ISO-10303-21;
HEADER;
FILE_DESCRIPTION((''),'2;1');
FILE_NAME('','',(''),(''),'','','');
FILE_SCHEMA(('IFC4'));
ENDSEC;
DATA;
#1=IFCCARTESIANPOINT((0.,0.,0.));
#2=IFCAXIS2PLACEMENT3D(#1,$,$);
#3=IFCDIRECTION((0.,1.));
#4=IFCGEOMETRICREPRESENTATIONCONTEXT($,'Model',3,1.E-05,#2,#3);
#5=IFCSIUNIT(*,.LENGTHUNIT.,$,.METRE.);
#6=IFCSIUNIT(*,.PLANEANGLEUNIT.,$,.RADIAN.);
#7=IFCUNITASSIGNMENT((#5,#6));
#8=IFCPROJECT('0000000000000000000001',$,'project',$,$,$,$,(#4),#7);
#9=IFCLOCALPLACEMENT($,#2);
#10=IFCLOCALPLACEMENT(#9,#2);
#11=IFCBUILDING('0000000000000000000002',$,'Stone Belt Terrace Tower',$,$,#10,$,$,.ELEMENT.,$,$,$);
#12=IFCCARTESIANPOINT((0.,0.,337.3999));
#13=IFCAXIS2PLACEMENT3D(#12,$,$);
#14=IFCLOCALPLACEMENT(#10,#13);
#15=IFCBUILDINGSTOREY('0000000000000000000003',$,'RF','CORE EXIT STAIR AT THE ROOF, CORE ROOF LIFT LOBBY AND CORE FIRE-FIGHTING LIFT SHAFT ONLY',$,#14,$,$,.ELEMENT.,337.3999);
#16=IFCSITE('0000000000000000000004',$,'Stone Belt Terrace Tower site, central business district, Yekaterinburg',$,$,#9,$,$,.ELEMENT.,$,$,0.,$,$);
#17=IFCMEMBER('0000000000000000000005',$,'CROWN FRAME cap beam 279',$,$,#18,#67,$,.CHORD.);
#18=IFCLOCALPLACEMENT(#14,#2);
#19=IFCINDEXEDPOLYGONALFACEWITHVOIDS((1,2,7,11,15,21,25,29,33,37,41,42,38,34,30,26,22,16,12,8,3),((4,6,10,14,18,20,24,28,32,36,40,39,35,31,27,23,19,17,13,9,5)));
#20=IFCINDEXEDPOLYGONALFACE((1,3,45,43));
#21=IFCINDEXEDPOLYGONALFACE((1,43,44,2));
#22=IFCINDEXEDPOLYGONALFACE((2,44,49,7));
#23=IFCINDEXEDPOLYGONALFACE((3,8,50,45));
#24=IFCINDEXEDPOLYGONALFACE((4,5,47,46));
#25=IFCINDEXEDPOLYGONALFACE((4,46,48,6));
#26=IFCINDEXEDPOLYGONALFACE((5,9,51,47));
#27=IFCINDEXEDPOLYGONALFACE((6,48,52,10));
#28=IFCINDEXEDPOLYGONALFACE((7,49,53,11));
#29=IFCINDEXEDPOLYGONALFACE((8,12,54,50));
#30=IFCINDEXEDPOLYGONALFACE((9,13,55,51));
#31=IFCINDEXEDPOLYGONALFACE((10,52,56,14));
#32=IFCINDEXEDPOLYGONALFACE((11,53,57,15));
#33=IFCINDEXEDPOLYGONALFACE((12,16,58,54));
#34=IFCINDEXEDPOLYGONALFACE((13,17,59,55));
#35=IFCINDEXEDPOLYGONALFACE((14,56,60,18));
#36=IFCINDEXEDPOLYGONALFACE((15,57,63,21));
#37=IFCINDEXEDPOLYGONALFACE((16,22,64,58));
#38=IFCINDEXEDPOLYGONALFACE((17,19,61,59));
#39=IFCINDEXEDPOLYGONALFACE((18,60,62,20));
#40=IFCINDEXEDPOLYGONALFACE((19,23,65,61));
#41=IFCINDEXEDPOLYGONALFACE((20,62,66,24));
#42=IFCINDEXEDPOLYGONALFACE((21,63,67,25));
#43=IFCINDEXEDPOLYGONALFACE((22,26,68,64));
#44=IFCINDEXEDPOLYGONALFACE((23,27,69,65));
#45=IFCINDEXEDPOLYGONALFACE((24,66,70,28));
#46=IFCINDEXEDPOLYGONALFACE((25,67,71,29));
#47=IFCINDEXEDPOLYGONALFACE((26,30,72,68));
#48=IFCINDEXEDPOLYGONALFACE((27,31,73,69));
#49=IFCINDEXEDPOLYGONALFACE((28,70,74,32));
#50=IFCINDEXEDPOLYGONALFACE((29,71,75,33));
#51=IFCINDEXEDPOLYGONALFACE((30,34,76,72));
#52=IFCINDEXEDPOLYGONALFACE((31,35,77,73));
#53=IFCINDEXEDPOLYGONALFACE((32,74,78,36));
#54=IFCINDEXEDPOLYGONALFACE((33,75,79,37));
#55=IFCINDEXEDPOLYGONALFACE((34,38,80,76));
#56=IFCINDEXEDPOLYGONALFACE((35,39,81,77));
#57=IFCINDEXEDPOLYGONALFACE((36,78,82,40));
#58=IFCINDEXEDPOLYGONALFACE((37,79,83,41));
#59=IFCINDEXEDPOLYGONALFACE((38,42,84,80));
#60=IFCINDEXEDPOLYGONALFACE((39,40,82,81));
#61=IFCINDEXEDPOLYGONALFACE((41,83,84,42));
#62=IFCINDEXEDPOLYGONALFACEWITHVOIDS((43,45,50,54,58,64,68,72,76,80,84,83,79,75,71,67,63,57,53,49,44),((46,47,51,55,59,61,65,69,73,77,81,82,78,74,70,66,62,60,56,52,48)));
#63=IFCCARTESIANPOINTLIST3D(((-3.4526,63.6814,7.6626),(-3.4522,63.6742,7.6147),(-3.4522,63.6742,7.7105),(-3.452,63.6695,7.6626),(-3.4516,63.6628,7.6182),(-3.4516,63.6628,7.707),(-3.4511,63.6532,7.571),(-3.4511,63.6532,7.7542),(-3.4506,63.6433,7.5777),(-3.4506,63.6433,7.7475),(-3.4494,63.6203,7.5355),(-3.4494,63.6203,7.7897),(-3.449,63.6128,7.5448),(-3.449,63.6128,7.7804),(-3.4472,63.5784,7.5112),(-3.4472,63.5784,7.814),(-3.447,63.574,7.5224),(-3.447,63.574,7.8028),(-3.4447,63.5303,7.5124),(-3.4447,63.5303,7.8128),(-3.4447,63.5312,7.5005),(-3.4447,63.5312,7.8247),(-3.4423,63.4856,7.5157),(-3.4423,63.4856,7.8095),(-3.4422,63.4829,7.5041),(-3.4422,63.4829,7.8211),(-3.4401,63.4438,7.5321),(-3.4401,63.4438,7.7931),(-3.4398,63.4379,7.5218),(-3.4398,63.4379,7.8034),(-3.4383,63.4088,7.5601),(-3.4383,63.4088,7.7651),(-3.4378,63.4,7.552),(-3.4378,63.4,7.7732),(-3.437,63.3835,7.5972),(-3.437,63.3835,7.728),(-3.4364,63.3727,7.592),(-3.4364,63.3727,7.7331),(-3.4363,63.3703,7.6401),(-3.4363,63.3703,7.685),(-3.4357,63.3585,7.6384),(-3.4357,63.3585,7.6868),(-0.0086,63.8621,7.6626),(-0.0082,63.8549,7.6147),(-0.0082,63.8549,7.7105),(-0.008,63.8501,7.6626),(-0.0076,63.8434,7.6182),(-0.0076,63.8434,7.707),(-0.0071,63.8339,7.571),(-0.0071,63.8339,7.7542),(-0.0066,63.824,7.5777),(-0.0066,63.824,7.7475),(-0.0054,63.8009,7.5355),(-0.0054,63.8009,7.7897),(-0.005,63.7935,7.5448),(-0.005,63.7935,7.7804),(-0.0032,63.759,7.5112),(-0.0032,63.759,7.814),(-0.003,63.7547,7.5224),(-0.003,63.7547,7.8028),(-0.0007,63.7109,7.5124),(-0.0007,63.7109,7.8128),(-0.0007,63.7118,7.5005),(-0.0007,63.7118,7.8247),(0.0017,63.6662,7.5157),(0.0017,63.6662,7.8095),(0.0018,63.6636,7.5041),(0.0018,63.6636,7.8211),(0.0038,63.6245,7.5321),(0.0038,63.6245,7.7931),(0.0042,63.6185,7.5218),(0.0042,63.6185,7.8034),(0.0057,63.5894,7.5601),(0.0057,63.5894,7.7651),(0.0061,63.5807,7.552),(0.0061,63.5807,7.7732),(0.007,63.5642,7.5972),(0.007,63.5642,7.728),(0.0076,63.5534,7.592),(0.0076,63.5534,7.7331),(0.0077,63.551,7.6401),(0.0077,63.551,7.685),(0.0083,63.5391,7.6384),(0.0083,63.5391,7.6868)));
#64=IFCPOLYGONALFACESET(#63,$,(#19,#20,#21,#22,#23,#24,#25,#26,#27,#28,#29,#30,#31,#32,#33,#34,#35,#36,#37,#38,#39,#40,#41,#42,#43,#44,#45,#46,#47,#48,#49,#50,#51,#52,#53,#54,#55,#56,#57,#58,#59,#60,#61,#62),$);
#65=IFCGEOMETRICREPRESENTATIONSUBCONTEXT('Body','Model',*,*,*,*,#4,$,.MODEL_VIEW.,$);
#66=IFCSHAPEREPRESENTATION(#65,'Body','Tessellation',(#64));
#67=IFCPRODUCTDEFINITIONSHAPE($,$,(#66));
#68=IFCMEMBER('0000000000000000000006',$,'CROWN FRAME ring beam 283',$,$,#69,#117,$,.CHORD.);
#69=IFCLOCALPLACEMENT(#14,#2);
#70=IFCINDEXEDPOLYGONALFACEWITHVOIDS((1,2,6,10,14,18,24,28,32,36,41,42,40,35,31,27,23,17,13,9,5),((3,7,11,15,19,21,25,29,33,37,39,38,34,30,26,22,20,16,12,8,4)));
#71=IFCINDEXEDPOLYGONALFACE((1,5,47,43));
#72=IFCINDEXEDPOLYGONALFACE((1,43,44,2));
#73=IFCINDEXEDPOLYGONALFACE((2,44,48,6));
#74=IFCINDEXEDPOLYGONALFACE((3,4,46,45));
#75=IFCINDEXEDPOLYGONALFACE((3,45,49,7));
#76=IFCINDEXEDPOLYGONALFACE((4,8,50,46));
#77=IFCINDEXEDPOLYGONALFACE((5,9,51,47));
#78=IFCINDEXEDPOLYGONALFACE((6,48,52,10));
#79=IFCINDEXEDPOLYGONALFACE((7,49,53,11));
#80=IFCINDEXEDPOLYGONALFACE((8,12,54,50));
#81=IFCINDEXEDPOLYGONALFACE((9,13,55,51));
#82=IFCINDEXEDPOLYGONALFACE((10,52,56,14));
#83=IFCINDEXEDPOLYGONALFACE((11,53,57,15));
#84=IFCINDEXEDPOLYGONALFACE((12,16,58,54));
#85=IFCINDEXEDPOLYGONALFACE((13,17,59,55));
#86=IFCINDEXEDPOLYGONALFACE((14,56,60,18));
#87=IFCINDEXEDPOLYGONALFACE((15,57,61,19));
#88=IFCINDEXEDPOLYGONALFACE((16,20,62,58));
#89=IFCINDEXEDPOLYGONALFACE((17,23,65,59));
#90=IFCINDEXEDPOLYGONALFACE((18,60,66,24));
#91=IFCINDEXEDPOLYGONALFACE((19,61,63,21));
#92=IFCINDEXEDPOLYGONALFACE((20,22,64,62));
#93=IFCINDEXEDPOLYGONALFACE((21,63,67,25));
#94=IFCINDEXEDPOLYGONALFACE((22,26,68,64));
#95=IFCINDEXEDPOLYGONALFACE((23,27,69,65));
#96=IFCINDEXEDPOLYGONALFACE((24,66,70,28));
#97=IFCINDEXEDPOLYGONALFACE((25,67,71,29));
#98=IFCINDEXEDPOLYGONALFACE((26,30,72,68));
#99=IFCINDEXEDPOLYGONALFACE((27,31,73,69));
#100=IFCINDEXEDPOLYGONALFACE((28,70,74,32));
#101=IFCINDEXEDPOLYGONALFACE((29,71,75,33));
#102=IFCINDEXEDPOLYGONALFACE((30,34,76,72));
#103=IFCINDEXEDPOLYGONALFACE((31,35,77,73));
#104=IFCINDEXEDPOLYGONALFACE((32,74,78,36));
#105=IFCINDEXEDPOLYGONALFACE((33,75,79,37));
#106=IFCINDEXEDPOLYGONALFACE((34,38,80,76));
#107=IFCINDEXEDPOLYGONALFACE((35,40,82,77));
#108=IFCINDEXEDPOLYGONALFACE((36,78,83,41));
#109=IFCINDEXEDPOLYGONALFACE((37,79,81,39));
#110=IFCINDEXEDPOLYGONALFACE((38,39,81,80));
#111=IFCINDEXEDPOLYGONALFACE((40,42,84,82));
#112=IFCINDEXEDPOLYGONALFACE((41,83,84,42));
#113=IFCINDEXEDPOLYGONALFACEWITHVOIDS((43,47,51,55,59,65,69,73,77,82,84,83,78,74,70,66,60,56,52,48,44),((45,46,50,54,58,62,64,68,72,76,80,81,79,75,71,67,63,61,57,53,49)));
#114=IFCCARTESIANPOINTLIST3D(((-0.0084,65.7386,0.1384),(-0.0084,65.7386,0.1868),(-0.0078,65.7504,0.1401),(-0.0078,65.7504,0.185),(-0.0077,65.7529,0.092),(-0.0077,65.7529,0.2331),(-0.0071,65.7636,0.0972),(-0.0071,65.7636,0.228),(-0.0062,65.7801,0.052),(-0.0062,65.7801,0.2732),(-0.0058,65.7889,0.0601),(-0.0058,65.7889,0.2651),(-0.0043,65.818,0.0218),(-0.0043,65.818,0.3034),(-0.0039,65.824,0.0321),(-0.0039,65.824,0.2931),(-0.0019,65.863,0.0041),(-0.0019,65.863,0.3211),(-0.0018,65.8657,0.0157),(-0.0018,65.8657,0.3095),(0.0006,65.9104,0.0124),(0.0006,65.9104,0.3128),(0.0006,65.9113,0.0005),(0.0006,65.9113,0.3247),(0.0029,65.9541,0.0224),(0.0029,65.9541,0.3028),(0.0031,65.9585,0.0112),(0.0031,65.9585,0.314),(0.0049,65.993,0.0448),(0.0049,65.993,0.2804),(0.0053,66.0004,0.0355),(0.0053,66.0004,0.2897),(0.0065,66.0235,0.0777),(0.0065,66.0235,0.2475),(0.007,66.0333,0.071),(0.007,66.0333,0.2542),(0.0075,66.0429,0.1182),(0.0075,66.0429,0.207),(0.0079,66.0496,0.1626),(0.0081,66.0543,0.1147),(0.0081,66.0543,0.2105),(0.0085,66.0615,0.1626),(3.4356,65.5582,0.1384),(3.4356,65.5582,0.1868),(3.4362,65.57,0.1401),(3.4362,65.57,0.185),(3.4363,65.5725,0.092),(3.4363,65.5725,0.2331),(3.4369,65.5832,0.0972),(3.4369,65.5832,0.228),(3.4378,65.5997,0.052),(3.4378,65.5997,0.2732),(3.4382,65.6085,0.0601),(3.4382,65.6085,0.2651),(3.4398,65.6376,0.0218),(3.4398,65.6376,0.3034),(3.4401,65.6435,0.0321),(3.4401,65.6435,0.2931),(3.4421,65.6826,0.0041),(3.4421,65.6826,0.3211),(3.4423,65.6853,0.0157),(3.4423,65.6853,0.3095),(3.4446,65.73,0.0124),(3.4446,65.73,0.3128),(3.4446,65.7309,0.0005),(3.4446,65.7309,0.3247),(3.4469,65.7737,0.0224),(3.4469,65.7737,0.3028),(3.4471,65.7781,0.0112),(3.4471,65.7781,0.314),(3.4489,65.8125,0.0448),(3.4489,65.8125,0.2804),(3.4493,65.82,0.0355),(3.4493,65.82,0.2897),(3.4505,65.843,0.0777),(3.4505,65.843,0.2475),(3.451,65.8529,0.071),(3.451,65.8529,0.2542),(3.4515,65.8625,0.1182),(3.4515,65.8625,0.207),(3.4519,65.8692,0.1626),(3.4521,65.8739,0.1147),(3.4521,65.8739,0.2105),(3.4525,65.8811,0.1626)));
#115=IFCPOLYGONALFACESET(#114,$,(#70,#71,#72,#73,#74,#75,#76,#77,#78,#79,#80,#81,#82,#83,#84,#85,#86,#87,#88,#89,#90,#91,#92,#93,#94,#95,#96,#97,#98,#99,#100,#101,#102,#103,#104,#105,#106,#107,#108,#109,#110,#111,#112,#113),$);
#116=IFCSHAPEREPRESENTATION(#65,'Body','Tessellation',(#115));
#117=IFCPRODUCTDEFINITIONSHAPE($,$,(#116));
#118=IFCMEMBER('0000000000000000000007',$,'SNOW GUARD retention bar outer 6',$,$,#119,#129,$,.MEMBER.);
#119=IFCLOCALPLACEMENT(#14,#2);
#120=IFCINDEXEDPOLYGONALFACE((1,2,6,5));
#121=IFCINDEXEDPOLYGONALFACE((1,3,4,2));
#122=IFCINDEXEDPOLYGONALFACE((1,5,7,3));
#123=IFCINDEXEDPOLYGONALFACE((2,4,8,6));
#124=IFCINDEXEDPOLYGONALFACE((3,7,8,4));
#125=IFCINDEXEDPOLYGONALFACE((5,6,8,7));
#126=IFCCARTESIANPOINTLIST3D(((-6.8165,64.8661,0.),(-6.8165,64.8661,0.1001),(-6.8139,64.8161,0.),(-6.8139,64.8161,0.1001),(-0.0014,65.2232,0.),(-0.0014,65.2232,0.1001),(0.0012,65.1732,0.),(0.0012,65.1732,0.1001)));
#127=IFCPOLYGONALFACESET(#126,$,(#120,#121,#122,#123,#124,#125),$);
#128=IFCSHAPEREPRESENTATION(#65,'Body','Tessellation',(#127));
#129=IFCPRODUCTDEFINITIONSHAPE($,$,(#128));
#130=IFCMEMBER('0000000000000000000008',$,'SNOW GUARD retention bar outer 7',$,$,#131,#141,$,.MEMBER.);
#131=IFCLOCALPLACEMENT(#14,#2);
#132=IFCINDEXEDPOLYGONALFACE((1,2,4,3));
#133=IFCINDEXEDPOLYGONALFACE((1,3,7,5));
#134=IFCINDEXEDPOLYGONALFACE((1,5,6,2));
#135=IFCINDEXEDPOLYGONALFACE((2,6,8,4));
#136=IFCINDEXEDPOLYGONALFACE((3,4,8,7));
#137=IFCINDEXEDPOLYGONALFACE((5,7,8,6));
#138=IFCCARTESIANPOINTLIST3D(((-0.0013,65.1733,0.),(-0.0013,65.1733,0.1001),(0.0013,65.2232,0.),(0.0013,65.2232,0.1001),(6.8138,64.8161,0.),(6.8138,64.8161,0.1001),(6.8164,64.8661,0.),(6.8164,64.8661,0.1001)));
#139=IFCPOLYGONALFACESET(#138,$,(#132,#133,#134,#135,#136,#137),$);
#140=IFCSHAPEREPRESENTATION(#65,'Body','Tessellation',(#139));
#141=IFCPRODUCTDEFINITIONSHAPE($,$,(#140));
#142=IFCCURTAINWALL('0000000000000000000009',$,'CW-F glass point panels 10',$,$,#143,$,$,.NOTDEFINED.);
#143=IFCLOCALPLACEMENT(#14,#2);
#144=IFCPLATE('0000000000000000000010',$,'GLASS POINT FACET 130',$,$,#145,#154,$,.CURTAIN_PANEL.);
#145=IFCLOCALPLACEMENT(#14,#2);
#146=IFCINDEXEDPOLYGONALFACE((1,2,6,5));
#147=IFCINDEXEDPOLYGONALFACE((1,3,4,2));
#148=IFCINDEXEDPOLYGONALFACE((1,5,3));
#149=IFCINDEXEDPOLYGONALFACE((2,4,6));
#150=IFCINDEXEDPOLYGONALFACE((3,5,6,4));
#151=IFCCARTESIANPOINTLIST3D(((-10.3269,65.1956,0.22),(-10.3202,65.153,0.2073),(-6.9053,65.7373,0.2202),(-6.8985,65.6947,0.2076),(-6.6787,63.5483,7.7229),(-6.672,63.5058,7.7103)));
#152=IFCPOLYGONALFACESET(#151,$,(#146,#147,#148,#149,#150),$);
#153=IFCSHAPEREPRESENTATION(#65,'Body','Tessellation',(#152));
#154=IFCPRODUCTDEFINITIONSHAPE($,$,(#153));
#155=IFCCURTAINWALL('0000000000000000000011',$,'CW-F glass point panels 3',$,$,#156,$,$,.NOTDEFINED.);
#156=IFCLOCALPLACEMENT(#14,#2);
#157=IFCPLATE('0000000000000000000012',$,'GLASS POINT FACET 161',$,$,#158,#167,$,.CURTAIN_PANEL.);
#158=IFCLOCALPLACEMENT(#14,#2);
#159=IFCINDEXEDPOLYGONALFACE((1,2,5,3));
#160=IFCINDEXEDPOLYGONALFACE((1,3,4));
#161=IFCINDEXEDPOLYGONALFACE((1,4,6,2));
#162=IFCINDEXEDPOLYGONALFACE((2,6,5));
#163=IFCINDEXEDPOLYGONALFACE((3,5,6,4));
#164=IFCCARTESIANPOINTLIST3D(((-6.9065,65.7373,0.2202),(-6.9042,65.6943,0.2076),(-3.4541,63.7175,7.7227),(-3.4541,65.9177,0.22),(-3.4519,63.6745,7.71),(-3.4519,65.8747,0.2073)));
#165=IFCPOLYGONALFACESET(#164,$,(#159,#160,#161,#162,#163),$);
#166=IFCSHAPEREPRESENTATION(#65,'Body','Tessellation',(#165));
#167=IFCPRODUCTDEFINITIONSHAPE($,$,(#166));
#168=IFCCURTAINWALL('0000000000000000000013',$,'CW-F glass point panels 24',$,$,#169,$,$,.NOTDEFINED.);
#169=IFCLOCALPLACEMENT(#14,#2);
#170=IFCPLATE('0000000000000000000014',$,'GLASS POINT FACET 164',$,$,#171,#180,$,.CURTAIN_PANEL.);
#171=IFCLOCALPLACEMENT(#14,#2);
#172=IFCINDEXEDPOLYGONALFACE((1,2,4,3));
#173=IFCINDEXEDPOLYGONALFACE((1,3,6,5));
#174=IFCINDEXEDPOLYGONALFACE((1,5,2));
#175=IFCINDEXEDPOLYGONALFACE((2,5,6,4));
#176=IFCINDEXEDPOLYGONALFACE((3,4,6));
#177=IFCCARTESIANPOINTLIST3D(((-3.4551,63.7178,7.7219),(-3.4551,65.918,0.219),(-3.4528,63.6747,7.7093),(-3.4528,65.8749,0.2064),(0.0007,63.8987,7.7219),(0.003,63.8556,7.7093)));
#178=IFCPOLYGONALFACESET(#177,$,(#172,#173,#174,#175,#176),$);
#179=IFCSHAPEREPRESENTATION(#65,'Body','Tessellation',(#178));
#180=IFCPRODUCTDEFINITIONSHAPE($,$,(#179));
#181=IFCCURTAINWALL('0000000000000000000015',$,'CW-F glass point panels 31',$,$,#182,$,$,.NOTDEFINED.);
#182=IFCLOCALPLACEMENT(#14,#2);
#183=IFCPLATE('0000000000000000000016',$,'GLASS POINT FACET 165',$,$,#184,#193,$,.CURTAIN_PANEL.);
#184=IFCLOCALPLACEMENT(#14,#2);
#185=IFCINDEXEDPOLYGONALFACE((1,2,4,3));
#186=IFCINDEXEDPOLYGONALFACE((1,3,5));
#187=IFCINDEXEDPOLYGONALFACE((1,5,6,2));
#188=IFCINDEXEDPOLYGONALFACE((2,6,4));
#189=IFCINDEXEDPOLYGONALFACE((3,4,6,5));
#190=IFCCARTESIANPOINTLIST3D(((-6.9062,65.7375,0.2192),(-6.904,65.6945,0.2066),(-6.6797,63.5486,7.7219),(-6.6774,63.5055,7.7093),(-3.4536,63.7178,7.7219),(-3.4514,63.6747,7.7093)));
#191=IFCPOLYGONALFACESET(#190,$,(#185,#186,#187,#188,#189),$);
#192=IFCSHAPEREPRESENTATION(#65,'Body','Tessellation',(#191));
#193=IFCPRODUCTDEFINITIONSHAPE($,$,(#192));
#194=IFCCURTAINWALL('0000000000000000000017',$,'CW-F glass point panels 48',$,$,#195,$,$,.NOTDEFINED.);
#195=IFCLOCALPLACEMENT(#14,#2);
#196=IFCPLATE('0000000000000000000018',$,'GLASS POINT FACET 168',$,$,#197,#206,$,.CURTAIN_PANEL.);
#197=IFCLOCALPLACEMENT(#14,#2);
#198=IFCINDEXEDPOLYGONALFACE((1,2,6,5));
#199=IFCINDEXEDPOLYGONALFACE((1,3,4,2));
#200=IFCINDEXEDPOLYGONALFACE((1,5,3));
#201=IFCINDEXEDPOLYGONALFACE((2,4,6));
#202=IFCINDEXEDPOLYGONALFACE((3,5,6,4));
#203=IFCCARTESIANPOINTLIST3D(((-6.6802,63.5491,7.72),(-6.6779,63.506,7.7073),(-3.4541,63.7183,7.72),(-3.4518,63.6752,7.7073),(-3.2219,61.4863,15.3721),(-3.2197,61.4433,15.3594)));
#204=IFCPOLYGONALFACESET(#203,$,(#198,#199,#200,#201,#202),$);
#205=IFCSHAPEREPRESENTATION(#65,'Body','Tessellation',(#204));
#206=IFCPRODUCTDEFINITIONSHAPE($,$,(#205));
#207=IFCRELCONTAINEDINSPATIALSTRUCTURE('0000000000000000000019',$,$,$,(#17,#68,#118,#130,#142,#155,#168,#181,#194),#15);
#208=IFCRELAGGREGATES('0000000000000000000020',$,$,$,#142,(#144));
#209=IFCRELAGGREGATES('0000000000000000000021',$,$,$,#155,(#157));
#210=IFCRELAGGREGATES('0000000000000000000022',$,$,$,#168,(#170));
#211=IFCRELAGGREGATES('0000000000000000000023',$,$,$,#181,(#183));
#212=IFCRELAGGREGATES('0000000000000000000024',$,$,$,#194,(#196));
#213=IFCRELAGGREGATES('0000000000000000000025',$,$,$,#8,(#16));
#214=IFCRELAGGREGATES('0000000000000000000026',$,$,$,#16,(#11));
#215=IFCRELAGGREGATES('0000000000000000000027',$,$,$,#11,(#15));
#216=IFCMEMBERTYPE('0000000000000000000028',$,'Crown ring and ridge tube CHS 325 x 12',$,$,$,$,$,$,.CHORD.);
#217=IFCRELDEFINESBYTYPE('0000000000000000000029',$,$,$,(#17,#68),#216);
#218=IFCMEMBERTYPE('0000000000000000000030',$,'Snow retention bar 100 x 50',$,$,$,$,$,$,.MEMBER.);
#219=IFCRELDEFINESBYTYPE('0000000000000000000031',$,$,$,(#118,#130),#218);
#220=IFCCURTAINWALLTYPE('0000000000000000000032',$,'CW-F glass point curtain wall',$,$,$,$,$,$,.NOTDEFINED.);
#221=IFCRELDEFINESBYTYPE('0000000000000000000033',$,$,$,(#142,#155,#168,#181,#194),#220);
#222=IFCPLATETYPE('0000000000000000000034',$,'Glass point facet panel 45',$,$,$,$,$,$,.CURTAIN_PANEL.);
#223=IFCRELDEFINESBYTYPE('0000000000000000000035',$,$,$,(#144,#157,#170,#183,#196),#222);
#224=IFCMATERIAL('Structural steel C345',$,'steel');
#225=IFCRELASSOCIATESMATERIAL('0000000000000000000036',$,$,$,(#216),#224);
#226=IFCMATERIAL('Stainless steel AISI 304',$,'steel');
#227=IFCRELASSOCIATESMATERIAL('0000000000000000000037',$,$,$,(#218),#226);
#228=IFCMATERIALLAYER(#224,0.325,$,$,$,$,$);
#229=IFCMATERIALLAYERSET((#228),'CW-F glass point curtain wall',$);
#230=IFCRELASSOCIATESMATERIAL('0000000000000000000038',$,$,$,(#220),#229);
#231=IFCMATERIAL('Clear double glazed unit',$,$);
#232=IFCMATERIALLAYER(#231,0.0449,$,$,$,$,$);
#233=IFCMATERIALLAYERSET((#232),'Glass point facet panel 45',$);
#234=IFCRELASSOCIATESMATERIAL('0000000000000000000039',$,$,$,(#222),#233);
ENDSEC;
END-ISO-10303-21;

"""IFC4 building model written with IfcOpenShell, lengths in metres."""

from ifc_helpers import new_model, si_unit, direction, frame, origin, origin_2d, place, context, subcontext, project, spatial, polyline, rectangle, hollow_circle, outline, extrude, material, layer, layer_set, material_profile, profile_set, type_object, element, aggregate, save


model = new_model("IFC4")

# Units and contexts
model_context = context("Model", 3, precision=1e-05, world=origin(), true_north=direction((0.0, 1.0)))
body_context = subcontext(model_context, "Body", "Model", "MODEL_VIEW")
ifc_project = project(units=[si_unit("LENGTHUNIT", "METRE"), si_unit("PLANEANGLEUNIT", "RADIAN")], contexts=[model_context])

# Site, building, storey
site_placement = place(None, origin())
site = spatial("IfcSite", under=ifc_project, at=site_placement, Name="Stone Belt Terrace Tower site, central business district, Yekaterinburg", CompositionType="ELEMENT", RefElevation=0.0)
building_placement = place(site_placement, origin())
building = spatial("IfcBuilding", under=site, at=building_placement, Name="Stone Belt Terrace Tower", CompositionType="ELEMENT")
storey_placement = place(building_placement, frame((0.0, 0.0, 337.3999)))
storey = spatial("IfcBuildingStorey", under=building, at=storey_placement, Name="RF", Description="CORE EXIT STAIR AT THE ROOF, CORE ROOF LIFT LOBBY AND CORE FIRE-FIGHTING LIFT SHAFT ONLY", CompositionType="ELEMENT", Elevation=337.3999)

# Members
ifc_material_1 = material(Name="Structural steel C345", Category="steel")
ifc_material_profile_1 = material_profile(ifc_material_1, hollow_circle(Radius=0.1626, WallThickness=0.012, at=origin_2d()), Name="Structural steel C345 CHS 325x12")
ifc_profile_set_1 = profile_set([ifc_material_profile_1], Name="Structural steel C345")
member_type_1 = type_object("IfcMemberType", Name="Crown ring and ridge tube CHS 325 x 12", PredefinedType="CHORD", material=ifc_profile_set_1)
for number, where, z_axis, x_axis, name in (
    (1, (-3.4441, 63.519, 7.6626), (0.998627, 0.052384, 0.0), (-0.052384, 0.998627, 0.0), "CROWN FRAME cap beam 279"),
    (2, (0.0, 65.8992, 0.1626), (0.998631, -0.052314, 0.0), (0.052314, 0.998631, 0.0), "CROWN FRAME ring beam 283"),
):
    element("IfcMember", number, at=place(storey_placement, frame(where, z_axis=z_axis, x_axis=x_axis)), inside=storey, type_object=member_type_1, Name=name, PredefinedType="CHORD", context=body_context, shape_type="SweptSolid", body=[
        extrude(hollow_circle(Radius=0.1626, WallThickness=0.012, at=origin_2d()), origin(), (0.0, 0.0, 1.0), 3.4487),
    ])
ifc_material_2 = material(Name="Stainless steel AISI 304", Category="steel")
ifc_material_profile_2 = material_profile(ifc_material_2, rectangle(XDim=0.05, YDim=0.1001, at=origin_2d()), Name="Stainless steel AISI 304 100x50")
ifc_profile_set_2 = profile_set([ifc_material_profile_2], Name="Stainless steel AISI 304")
member_type_2 = type_object("IfcMemberType", Name="Snow retention bar 100 x 50", PredefinedType="MEMBER", material=ifc_profile_set_2)
for number, where, z_axis, x_axis, name in (
    (3, (-6.8152, 64.8411, 0.05), (0.998629, 0.052337, 0.0), (-0.052337, 0.998629, 0.0), "SNOW GUARD retention bar outer 6"),
    (4, (0.0, 65.1982, 0.05), (0.998629, -0.052337, 0.0), (0.052337, 0.998629, 0.0), "SNOW GUARD retention bar outer 7"),
):
    element("IfcMember", number, at=place(storey_placement, frame(where, z_axis=z_axis, x_axis=x_axis)), inside=storey, type_object=member_type_2, Name=name, PredefinedType="MEMBER", context=body_context, shape_type="SweptSolid", body=[
        extrude(rectangle(XDim=0.05, YDim=0.1001, at=origin_2d()), origin(), (0.0, 0.0, 1.0), 6.8245),
    ])

# Curtain walls, plates
ifc_layer_1 = layer(ifc_material_1, 0.325)
ifc_layer_set_1 = layer_set([ifc_layer_1], Name="CW-F glass point curtain wall")
curtain_wall_type = type_object("IfcCurtainWallType", Name="CW-F glass point curtain wall", PredefinedType="NOTDEFINED", material=ifc_layer_set_1)
curtain_wall_1_placement = place(storey_placement, origin())
curtain_wall_1 = element("IfcCurtainWall", 5, at=curtain_wall_1_placement, inside=storey, type_object=curtain_wall_type, Name="CW-F glass point panels 10", PredefinedType="NOTDEFINED")
ifc_material_3 = material(Name="Clear double glazed unit")
ifc_layer_2 = layer(ifc_material_3, 0.0449)
ifc_layer_set_2 = layer_set([ifc_layer_2], Name="Glass point facet panel 45")
plate_type = type_object("IfcPlateType", Name="Glass point facet panel 45", PredefinedType="CURTAIN_PANEL", material=ifc_layer_set_2)
plate_1_placement = place(storey_placement, frame((-6.9053, 65.7373, 0.2202), z_axis=(-0.150097, 0.947873, 0.281082), x_axis=(0.028977, -0.279963, 0.959573)))
plate_1 = element("IfcPlate", 6, at=plate_1_placement, type_object=plate_type, Name="GLASS POINT FACET 130", PredefinedType="CURTAIN_PANEL", context=body_context, shape_type="SweptSolid", body=[
    extrude(outline(polyline([(0.0, 0.0), (7.8188, 0.0), (0.0523, -3.4639), (0.0, 0.0)])), origin(), (0.0, 0.0, -1.0), 0.0449),
])
aggregate(curtain_wall_1, [plate_1])
curtain_wall_2_placement = place(storey_placement, origin())
curtain_wall_2 = element("IfcCurtainWall", 7, at=curtain_wall_2_placement, inside=storey, type_object=curtain_wall_type, Name="CW-F glass point panels 3", PredefinedType="NOTDEFINED")
plate_2_placement = place(storey_placement, frame((-6.9065, 65.7373, 0.2202), z_axis=(-0.050065, 0.958386, 0.281051), x_axis=(0.998637, 0.052188, -0.000071)))
plate_2 = element("IfcPlate", 8, at=plate_2_placement, type_object=plate_type, Name="GLASS POINT FACET 161", PredefinedType="CURTAIN_PANEL", context=body_context, shape_type="SweptSolid", body=[
    extrude(outline(polyline([(0.0, 0.0), (3.4571, 0.0), (3.3417, -7.8178), (0.0, 0.0)])), origin(), (0.0, 0.0, -1.0), 0.0449),
])
aggregate(curtain_wall_2, [plate_2])
curtain_wall_3_placement = place(storey_placement, origin())
curtain_wall_3 = element("IfcCurtainWall", 9, at=curtain_wall_3_placement, inside=storey, type_object=curtain_wall_type, Name="CW-F glass point panels 24", PredefinedType="NOTDEFINED")
plate_3_placement = place(storey_placement, frame((-3.4551, 65.918, 0.219), z_axis=(-0.05017, 0.958383, 0.281041), x_axis=(0.406386, -0.237458, 0.882306)))
plate_3 = element("IfcPlate", 10, at=plate_3_placement, type_object=plate_type, Name="GLASS POINT FACET 164", PredefinedType="CURTAIN_PANEL", context=body_context, shape_type="SweptSolid", body=[
    extrude(outline(polyline([(0.0, 0.0), (8.5038, 0.0), (7.1423, -3.1815), (0.0, 0.0)])), origin(), (0.0, 0.0, -1.0), 0.0449),
])
aggregate(curtain_wall_3, [plate_3])
curtain_wall_4_placement = place(storey_placement, origin())
curtain_wall_4 = element("IfcCurtainWall", 11, at=curtain_wall_4_placement, inside=storey, type_object=curtain_wall_type, Name="CW-F glass point panels 31", PredefinedType="NOTDEFINED")
plate_4_placement = place(storey_placement, frame((-6.9062, 65.7375, 0.2192), z_axis=(-0.05026, 0.958354, 0.281125), x_axis=(0.406079, -0.237554, 0.882422)))
plate_4 = element("IfcPlate", 12, at=plate_4_placement, type_object=plate_type, Name="GLASS POINT FACET 165", PredefinedType="CURTAIN_PANEL", context=body_context, shape_type="SweptSolid", body=[
    extrude(outline(polyline([(0.0, 0.0), (8.5024, 0.0), (7.2325, -2.9705), (0.0, 0.0)])), origin(), (0.0, 0.0, -1.0), 0.0449),
])
aggregate(curtain_wall_4, [plate_4])
curtain_wall_5_placement = place(storey_placement, origin())
curtain_wall_5 = element("IfcCurtainWall", 13, at=curtain_wall_5_placement, inside=storey, type_object=curtain_wall_type, Name="CW-F glass point panels 48", PredefinedType="NOTDEFINED")
plate_5_placement = place(storey_placement, frame((-3.4541, 63.7183, 7.72), z_axis=(-0.050261, 0.958373, 0.281059), x_axis=(0.029116, -0.27989, 0.959591)))
plate_5 = element("IfcPlate", 14, at=plate_5_placement, type_object=plate_type, Name="GLASS POINT FACET 168", PredefinedType="CURTAIN_PANEL", context=body_context, shape_type="SweptSolid", body=[
    extrude(outline(polyline([(0.0, 0.0), (7.9743, 0.0), (-0.0466, -3.2302), (0.0, 0.0)])), origin(), (0.0, 0.0, -1.0), 0.0449),
])
aggregate(curtain_wall_5, [plate_5])

save(model, "model.ifc")
